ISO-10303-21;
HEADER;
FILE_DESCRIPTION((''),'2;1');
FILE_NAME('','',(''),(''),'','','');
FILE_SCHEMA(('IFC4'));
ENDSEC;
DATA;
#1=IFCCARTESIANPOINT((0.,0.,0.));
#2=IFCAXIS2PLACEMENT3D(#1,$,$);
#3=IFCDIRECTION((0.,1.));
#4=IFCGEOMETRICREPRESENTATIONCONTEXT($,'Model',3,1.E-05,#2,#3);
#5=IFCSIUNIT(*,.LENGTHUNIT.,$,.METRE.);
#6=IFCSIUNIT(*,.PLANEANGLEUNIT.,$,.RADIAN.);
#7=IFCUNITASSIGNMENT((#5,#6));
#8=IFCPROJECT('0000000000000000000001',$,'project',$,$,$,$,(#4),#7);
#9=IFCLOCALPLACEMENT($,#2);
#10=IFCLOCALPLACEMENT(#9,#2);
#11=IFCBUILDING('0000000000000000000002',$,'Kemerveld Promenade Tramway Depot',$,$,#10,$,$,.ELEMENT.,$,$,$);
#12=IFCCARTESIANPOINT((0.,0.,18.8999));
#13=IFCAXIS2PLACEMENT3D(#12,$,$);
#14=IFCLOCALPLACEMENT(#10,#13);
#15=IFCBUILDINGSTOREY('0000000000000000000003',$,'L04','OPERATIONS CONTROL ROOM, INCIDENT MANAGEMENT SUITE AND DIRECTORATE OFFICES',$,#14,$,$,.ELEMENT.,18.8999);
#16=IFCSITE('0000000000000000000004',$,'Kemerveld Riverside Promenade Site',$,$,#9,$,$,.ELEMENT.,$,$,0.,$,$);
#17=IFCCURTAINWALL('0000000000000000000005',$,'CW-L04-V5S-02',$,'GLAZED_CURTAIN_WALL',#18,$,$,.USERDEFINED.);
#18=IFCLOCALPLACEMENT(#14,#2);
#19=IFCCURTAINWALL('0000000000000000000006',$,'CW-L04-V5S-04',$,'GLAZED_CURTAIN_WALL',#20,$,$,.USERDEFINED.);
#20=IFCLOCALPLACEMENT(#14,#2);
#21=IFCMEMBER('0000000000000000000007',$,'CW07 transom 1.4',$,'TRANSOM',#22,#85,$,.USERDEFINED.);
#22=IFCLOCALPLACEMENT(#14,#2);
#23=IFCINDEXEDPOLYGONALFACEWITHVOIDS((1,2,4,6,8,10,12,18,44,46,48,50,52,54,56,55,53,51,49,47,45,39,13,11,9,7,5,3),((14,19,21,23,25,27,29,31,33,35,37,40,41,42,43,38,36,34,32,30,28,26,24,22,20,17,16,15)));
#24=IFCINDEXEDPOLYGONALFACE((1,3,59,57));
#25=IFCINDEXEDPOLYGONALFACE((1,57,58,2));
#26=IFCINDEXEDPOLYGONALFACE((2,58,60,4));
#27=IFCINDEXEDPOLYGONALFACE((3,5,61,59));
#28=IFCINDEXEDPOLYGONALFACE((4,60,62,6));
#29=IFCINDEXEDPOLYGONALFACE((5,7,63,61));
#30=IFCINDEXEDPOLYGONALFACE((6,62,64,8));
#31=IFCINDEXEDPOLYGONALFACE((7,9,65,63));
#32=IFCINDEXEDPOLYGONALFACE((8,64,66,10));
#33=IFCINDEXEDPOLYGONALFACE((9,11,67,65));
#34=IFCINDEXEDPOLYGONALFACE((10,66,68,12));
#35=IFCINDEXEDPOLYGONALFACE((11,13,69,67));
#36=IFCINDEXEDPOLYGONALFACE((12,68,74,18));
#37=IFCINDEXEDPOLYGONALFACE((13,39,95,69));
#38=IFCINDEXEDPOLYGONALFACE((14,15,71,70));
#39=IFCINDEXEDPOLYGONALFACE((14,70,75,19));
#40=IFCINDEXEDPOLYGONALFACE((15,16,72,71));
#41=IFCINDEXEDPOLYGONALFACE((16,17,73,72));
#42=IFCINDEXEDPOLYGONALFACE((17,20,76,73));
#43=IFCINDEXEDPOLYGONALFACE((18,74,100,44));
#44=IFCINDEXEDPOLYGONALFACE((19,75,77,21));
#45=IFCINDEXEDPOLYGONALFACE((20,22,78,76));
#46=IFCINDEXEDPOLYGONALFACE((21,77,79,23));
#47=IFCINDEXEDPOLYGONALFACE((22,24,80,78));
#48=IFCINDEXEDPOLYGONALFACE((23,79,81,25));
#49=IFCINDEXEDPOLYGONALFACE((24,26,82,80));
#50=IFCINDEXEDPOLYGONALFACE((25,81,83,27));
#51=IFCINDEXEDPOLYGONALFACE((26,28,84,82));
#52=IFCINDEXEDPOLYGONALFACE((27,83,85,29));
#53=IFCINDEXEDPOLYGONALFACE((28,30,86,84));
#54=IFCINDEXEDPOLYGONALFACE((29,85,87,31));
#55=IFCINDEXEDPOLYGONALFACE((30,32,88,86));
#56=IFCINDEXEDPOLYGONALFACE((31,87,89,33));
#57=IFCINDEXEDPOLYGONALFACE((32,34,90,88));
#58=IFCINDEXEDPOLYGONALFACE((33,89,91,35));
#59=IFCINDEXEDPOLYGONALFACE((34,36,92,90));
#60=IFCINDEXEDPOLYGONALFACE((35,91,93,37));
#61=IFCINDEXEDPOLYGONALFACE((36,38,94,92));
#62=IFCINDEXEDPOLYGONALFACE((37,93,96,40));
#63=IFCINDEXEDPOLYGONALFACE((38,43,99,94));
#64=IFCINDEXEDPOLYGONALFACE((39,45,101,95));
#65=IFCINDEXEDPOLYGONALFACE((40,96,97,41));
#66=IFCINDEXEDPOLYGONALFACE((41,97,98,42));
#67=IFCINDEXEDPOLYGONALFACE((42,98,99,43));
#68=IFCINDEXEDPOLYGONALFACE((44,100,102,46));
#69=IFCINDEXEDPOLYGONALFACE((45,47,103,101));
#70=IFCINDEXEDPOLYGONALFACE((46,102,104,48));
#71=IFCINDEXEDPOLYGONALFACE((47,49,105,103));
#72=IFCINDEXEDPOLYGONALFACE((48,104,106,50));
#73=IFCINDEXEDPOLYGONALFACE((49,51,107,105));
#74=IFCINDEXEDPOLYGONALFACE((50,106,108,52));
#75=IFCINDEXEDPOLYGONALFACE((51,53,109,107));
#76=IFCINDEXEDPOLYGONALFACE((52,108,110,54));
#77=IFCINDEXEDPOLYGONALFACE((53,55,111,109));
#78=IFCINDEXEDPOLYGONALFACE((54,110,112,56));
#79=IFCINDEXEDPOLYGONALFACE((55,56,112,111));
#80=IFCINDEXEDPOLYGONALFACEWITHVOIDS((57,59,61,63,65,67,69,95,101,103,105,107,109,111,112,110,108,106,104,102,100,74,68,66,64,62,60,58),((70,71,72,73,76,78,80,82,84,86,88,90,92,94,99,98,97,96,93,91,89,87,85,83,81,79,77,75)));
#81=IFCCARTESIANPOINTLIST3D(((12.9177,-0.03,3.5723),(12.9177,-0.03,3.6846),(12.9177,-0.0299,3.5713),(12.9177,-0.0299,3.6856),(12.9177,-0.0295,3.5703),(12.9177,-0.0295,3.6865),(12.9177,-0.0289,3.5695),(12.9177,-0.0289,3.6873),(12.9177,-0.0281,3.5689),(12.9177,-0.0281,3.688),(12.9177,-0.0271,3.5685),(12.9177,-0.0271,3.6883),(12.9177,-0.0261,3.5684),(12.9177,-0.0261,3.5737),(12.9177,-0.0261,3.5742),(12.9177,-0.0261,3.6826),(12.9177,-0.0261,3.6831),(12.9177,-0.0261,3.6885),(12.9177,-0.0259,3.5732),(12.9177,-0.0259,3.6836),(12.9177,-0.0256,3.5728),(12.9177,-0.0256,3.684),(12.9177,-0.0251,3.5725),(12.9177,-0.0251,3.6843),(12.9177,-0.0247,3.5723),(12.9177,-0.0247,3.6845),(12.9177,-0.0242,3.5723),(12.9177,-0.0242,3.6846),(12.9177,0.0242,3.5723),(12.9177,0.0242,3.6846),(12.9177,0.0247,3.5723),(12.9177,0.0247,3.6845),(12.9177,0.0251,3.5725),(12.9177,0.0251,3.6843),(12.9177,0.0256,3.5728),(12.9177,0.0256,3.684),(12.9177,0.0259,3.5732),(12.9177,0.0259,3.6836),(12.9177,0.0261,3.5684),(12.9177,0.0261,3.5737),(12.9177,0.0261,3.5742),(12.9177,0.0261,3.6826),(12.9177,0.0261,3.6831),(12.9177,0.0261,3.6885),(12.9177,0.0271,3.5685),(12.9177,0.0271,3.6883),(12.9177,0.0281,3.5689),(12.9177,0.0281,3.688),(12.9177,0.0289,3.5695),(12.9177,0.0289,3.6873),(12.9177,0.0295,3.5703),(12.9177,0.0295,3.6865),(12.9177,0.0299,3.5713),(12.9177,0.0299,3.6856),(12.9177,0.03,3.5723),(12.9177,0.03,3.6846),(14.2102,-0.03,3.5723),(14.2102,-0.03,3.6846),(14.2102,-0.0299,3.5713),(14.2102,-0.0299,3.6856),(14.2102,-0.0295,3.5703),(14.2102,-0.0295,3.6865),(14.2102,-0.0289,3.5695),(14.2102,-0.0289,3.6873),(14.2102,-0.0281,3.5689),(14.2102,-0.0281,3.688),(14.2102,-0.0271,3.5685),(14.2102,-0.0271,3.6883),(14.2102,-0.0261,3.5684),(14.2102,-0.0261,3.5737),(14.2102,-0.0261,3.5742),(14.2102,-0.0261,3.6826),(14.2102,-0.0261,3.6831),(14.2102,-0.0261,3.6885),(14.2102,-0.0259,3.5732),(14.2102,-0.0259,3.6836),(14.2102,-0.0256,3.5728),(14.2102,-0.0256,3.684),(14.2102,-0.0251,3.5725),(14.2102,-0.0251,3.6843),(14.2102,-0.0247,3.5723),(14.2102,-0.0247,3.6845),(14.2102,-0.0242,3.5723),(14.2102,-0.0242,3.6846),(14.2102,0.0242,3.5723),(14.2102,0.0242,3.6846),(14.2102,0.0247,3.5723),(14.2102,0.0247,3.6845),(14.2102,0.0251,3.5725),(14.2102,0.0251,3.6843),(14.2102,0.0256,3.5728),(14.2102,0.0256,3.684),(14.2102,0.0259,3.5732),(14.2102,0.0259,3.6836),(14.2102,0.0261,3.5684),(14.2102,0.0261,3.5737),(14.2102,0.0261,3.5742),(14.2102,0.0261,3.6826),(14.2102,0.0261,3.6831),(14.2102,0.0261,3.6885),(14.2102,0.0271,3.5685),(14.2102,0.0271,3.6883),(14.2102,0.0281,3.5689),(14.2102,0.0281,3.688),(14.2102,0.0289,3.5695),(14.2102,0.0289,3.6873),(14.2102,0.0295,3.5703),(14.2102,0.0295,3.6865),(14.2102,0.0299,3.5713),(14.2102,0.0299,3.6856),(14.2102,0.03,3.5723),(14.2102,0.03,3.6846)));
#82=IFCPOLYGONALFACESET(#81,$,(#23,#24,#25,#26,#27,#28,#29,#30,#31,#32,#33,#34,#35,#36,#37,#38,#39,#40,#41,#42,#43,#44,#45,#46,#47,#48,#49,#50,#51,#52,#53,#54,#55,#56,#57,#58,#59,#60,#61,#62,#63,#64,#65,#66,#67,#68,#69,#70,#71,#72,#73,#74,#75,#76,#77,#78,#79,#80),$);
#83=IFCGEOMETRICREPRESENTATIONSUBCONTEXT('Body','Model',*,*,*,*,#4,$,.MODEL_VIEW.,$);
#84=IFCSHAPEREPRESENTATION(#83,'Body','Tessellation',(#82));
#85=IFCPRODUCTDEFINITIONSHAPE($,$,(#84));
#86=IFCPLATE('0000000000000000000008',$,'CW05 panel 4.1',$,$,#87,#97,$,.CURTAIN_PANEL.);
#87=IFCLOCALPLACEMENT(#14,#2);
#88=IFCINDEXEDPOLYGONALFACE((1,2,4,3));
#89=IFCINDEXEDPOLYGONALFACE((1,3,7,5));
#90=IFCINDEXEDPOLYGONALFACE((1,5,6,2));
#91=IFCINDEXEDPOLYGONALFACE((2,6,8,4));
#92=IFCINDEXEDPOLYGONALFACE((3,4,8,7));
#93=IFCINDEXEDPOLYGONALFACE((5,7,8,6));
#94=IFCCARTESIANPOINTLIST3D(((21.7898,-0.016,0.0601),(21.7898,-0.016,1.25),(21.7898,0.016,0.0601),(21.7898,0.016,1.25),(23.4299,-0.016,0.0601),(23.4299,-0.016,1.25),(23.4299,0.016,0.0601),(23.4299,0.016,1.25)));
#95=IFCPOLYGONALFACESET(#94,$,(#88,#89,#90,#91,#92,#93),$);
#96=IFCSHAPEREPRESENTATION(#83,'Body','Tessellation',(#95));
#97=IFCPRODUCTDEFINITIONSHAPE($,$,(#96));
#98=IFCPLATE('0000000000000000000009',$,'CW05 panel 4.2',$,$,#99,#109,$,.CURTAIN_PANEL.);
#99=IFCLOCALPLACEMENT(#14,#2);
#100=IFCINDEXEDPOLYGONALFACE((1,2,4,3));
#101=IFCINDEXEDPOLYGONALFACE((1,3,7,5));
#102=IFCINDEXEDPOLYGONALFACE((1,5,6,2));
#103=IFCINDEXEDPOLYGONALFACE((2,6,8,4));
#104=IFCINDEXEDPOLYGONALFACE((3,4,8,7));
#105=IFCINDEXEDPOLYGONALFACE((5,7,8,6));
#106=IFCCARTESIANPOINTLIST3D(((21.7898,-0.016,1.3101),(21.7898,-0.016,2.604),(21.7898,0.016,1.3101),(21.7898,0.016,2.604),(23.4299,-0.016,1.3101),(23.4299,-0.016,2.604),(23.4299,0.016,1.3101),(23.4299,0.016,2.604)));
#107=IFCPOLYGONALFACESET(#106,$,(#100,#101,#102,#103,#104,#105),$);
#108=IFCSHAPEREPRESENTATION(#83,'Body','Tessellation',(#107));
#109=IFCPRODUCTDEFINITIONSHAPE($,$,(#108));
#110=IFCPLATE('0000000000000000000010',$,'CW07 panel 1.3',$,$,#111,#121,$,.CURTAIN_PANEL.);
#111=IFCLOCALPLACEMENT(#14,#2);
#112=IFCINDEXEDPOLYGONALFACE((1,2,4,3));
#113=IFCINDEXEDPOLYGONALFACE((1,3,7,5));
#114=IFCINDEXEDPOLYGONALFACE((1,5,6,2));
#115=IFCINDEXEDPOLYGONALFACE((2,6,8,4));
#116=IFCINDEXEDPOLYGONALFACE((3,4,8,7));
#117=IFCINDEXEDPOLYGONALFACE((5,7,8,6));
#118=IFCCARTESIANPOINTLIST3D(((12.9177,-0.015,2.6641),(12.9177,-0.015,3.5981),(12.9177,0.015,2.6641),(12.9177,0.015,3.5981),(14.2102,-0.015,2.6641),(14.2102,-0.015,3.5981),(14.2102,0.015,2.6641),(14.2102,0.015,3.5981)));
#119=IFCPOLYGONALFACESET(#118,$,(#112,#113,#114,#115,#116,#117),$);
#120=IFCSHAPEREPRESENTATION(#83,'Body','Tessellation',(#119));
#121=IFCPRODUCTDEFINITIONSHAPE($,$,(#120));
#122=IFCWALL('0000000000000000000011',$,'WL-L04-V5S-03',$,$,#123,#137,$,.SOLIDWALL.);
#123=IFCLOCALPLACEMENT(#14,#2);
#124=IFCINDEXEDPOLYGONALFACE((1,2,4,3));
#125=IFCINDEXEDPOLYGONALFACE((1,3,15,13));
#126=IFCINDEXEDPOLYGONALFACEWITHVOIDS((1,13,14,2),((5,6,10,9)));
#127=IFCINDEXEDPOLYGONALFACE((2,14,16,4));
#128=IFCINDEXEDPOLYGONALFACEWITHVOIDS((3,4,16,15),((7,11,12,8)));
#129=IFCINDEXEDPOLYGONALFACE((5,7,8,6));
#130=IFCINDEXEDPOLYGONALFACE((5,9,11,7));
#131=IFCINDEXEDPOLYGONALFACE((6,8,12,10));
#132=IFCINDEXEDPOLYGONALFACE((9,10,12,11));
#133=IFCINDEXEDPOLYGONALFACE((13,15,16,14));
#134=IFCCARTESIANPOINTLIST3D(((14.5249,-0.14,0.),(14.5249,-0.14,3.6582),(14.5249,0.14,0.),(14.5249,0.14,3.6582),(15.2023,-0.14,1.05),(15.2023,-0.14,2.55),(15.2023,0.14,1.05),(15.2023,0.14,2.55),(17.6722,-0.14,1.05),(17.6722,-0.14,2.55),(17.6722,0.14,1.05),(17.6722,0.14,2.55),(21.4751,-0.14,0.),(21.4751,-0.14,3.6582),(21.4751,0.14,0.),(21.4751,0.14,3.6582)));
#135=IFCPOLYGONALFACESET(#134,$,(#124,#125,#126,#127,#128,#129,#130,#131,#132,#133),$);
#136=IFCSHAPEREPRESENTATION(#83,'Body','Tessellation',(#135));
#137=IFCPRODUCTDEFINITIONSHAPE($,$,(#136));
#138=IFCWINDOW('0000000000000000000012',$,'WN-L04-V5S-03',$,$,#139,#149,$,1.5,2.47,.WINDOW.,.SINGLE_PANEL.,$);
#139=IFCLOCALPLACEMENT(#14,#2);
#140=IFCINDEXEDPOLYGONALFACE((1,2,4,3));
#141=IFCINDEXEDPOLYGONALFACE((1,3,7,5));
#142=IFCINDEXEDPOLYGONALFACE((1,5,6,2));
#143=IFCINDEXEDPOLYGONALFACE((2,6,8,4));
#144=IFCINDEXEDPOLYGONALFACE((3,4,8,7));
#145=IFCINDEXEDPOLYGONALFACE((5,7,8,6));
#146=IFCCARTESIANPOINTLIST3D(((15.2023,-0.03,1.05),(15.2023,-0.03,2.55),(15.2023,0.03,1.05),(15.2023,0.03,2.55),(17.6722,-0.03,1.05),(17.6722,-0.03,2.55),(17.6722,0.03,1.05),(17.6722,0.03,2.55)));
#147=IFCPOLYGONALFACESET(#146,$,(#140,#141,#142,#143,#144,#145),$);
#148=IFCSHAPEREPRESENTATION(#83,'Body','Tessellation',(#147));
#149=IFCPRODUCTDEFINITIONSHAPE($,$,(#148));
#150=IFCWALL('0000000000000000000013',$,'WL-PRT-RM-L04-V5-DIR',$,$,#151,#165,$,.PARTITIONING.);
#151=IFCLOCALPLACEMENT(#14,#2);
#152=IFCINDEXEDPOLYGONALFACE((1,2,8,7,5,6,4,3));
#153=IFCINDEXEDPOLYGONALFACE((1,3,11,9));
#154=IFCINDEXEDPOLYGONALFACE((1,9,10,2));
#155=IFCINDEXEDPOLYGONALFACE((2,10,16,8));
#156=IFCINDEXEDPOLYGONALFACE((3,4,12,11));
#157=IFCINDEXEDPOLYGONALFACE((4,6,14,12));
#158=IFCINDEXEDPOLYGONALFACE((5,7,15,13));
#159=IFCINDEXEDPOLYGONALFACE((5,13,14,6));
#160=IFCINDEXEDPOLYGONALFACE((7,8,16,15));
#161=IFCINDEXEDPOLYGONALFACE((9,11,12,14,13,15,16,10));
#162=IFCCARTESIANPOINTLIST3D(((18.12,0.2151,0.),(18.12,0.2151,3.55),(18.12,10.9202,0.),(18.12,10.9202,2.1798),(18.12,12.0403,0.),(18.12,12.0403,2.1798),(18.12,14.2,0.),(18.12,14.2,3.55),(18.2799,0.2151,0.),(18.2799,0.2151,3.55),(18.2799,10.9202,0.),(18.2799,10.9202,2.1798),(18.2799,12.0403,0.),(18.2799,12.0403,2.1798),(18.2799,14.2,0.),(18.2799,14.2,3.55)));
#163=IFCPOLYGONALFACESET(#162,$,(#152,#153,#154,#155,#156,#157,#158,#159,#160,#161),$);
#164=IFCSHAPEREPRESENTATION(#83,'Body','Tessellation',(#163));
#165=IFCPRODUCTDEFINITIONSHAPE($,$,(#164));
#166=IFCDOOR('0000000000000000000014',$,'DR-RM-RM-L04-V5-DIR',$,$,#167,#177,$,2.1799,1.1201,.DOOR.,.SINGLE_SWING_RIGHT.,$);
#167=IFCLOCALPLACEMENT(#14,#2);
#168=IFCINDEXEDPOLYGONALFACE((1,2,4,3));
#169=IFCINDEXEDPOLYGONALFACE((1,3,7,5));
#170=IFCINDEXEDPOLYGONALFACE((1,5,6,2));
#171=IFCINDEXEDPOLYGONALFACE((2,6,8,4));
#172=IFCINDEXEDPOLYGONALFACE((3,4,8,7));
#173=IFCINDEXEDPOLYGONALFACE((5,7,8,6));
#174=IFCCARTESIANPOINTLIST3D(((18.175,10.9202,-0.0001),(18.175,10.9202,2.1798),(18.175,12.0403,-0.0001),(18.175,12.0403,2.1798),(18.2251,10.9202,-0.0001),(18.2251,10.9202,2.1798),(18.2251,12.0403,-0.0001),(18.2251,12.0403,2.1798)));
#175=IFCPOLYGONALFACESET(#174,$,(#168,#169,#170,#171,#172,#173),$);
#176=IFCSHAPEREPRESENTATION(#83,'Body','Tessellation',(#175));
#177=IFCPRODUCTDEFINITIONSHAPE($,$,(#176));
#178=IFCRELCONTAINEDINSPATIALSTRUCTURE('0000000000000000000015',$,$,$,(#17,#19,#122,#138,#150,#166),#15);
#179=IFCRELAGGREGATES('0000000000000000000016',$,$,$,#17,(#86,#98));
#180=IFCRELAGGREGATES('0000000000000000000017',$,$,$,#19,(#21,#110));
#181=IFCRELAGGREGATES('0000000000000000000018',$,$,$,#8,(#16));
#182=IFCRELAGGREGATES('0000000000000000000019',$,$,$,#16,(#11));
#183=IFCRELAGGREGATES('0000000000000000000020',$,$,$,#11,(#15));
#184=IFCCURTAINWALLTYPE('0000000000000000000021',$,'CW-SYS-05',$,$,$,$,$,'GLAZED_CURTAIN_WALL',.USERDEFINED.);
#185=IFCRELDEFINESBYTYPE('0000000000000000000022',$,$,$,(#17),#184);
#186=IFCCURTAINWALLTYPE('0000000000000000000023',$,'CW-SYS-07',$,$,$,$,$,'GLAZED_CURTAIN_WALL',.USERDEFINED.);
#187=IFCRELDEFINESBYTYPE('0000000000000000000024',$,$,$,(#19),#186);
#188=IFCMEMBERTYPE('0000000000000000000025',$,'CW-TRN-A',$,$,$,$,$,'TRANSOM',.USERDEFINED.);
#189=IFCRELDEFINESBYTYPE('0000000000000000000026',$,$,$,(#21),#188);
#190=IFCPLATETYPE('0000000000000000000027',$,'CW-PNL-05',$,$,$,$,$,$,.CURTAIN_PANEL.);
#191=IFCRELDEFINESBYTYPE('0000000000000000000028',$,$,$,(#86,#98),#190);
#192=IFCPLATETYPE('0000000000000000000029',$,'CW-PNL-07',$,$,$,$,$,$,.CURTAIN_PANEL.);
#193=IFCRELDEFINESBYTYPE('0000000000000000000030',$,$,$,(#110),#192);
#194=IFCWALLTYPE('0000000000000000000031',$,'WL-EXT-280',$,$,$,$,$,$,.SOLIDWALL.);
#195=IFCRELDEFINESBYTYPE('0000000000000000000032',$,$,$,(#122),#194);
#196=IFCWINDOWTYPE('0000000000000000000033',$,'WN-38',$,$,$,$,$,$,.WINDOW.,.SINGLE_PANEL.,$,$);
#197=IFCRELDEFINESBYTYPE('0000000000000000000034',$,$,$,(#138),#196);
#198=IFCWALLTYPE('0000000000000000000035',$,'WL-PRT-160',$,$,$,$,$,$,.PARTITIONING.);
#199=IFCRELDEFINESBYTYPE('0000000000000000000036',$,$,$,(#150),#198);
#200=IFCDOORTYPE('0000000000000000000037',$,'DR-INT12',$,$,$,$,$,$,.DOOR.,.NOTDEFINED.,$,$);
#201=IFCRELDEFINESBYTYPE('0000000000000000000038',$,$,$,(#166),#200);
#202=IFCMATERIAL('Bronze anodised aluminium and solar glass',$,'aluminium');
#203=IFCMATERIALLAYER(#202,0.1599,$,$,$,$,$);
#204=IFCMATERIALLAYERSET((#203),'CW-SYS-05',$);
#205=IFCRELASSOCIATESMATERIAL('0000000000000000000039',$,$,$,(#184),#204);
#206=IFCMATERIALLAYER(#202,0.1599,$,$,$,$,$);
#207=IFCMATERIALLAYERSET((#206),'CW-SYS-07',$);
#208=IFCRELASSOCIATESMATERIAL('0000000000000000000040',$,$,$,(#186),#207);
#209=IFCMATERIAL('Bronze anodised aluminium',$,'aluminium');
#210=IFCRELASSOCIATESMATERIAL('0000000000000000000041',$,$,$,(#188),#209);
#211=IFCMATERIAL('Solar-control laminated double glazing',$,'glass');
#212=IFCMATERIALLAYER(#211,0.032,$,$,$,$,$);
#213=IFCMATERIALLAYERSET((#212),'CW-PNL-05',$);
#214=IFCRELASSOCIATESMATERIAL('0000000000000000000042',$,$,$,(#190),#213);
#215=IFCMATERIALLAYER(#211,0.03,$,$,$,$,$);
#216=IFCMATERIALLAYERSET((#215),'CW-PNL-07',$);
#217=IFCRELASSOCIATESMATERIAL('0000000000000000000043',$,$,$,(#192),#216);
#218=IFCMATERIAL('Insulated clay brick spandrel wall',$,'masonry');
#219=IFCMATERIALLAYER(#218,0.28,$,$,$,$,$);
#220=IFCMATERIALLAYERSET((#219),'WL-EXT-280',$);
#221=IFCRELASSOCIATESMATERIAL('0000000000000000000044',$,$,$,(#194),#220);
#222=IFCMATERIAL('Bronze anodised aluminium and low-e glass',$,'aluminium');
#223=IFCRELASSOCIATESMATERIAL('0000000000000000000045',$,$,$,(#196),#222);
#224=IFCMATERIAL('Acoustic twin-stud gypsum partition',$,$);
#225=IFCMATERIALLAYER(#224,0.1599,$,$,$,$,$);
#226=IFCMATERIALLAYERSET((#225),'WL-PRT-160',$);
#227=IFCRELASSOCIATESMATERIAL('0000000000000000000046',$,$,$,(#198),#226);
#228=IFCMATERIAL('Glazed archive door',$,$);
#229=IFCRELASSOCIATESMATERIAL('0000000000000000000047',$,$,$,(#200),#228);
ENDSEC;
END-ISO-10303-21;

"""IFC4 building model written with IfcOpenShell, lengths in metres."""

from ifc_helpers import new_model, si_unit, direction, frame, frame_2d, origin, origin_2d, place, context, subcontext, project, spatial, rectangle, hollow_rectangle, extrude, material, layer, layer_set, material_profile, profile_set, type_object, element, fill, aggregate, save


model = new_model("IFC4")

# Units and contexts
model_context = context("Model", 3, precision=1e-05, world=origin(), true_north=direction((0.0, 1.0)))
body_context = subcontext(model_context, "Body", "Model", "MODEL_VIEW")
ifc_project = project(units=[si_unit("LENGTHUNIT", "METRE"), si_unit("PLANEANGLEUNIT", "RADIAN")], contexts=[model_context])

# Site, building, storey
site_placement = place(None, origin())
site = spatial("IfcSite", under=ifc_project, at=site_placement, Name="Kemerveld Riverside Promenade Site", CompositionType="ELEMENT", RefElevation=0.0)
building_placement = place(site_placement, origin())
building = spatial("IfcBuilding", under=site, at=building_placement, Name="Kemerveld Promenade Tramway Depot", CompositionType="ELEMENT")
storey_placement = place(building_placement, frame((0.0, 0.0, 18.8999)))
storey = spatial("IfcBuildingStorey", under=building, at=storey_placement, Name="L04", Description="OPERATIONS CONTROL ROOM, INCIDENT MANAGEMENT SUITE AND DIRECTORATE OFFICES", CompositionType="ELEMENT", Elevation=18.8999)

# Curtain wall
ifc_material_1 = material(Name="Bronze anodised aluminium and solar glass", Category="aluminium")
ifc_layer_1 = layer(ifc_material_1, 0.1599)
ifc_layer_set_1 = layer_set([ifc_layer_1], Name="CW-SYS-05")
curtain_wall_type_1 = type_object("IfcCurtainWallType", Name="CW-SYS-05", ElementType="GLAZED_CURTAIN_WALL", PredefinedType="USERDEFINED", material=ifc_layer_set_1)
curtain_wall_1_placement = place(storey_placement, origin())
curtain_wall_1 = element("IfcCurtainWall", 1, at=curtain_wall_1_placement, inside=storey, type_object=curtain_wall_type_1, Name="CW-L04-V5S-02", ObjectType="GLAZED_CURTAIN_WALL", PredefinedType="USERDEFINED")
ifc_material_2 = material(Name="Bronze anodised aluminium", Category="aluminium")

# Curtain wall, member
ifc_layer_2 = layer(ifc_material_1, 0.1599)
ifc_layer_set_2 = layer_set([ifc_layer_2], Name="CW-SYS-07")
curtain_wall_type_2 = type_object("IfcCurtainWallType", Name="CW-SYS-07", ElementType="GLAZED_CURTAIN_WALL", PredefinedType="USERDEFINED", material=ifc_layer_set_2)
curtain_wall_2_placement = place(storey_placement, origin())
curtain_wall_2 = element("IfcCurtainWall", 2, at=curtain_wall_2_placement, inside=storey, type_object=curtain_wall_type_2, Name="CW-L04-V5S-04", ObjectType="GLAZED_CURTAIN_WALL", PredefinedType="USERDEFINED")
ifc_material_profile_1 = material_profile(ifc_material_2, hollow_rectangle(XDim=0.0601, YDim=0.1201, WallThickness=0.0039, InnerFilletRadius=0.002, OuterFilletRadius=0.0039, at=origin_2d()), Name="CW-TRN-120x60")
ifc_profile_set_1 = profile_set([ifc_material_profile_1], Name="Bronze anodised aluminium")
member_type_1 = type_object("IfcMemberType", Name="CW-TRN-A", ElementType="TRANSOM", PredefinedType="USERDEFINED", material=ifc_profile_set_1)
member_1_placement = place(storey_placement, frame((14.2102, 0.0, 3.6284), z_axis=(-1.0, 0.0, 0.0), x_axis=(0.0, -1.0, 0.0)))
member_1 = element("IfcMember", 3, at=member_1_placement, type_object=member_type_1, Name="CW07 transom 1.4", ObjectType="TRANSOM", PredefinedType="USERDEFINED", context=body_context, shape_type="SweptSolid", body=[
    extrude(hollow_rectangle(XDim=0.0601, YDim=0.1201, WallThickness=0.0039, InnerFilletRadius=0.002, OuterFilletRadius=0.0039, at=origin_2d()), origin(), (0.0, 0.0, 1.0), 1.2925),
])

# Plates
ifc_material_3 = material(Name="Solar-control laminated double glazing", Category="glass")
ifc_layer_3 = layer(ifc_material_3, 0.032)
ifc_layer_set_3 = layer_set([ifc_layer_3], Name="CW-PNL-05")
plate_type_1 = type_object("IfcPlateType", Name="CW-PNL-05", PredefinedType="CURTAIN_PANEL", material=ifc_layer_set_3)
plate_1_placement = place(storey_placement, frame((22.6099, 0.0, 0.0601), z_axis=(0.0, 0.0, 1.0), x_axis=(-1.0, 0.0, 0.0)))
plate_1 = element("IfcPlate", 4, at=plate_1_placement, type_object=plate_type_1, Name="CW05 panel 4.1", PredefinedType="CURTAIN_PANEL", context=body_context, shape_type="SweptSolid", body=[
    extrude(rectangle(XDim=1.6401, YDim=0.032, at=origin_2d()), origin(), (0.0, 0.0, 1.0), 1.1899),
])
plate_2_placement = place(storey_placement, frame((22.6099, 0.0, 1.3101), z_axis=(0.0, 0.0, 1.0), x_axis=(-1.0, 0.0, 0.0)))
plate_2 = element("IfcPlate", 5, at=plate_2_placement, type_object=plate_type_1, Name="CW05 panel 4.2", PredefinedType="CURTAIN_PANEL", context=body_context, shape_type="SweptSolid", body=[
    extrude(rectangle(XDim=1.6401, YDim=0.032, at=origin_2d()), origin(), (0.0, 0.0, 1.0), 1.2939),
])
aggregate(curtain_wall_1, [plate_1, plate_2])
ifc_layer_4 = layer(ifc_material_3, 0.03)
ifc_layer_set_4 = layer_set([ifc_layer_4], Name="CW-PNL-07")
plate_type_2 = type_object("IfcPlateType", Name="CW-PNL-07", PredefinedType="CURTAIN_PANEL", material=ifc_layer_set_4)
plate_3_placement = place(storey_placement, frame((13.564, 0.0, 2.6641), z_axis=(0.0, 0.0, 1.0), x_axis=(-1.0, 0.0, 0.0)))
plate_3 = element("IfcPlate", 6, at=plate_3_placement, type_object=plate_type_2, Name="CW07 panel 1.3", PredefinedType="CURTAIN_PANEL", context=body_context, shape_type="SweptSolid", body=[
    extrude(rectangle(XDim=1.2925, YDim=0.03, at=origin_2d()), origin(), (0.0, 0.0, 1.0), 0.9341),
])
aggregate(curtain_wall_2, [member_1, plate_3])

# Wall, opening, window
ifc_material_4 = material(Name="Insulated clay brick spandrel wall", Category="masonry")
ifc_layer_5 = layer(ifc_material_4, 0.28)
ifc_layer_set_5 = layer_set([ifc_layer_5], Name="WL-EXT-280")
wall_type_1 = type_object("IfcWallType", Name="WL-EXT-280", PredefinedType="SOLIDWALL", material=ifc_layer_set_5)
wall_1_placement = place(storey_placement, frame((21.4751, 0.0, 0.0), z_axis=(0.0, 0.0, 1.0), x_axis=(-1.0, 0.0, 0.0)))
wall_1 = element("IfcWall", 7, at=wall_1_placement, inside=storey, type_object=wall_type_1, Name="WL-L04-V5S-03", PredefinedType="SOLIDWALL", context=body_context, shape_type="SweptSolid", body=[
    extrude(rectangle(XDim=6.9502, YDim=0.28, at=frame_2d((3.4751, 0.0))), origin(), (0.0, 0.0, 1.0), 3.6582),
])
opening_1_placement = place(wall_1_placement, frame((3.803, 0.0, 1.05)))
opening_1 = element("IfcOpeningElement", 8, at=opening_1_placement, cuts=wall_1, PredefinedType="OPENING", context=body_context, shape_type="SweptSolid", body=[
    extrude(rectangle(XDim=2.47, YDim=1.5, at=frame_2d((1.2349, 0.75))), frame((0.0, 0.1499, 0.0), z_axis=(0.0, -1.0, 0.0), x_axis=(1.0, 0.0, 0.0)), (0.0, 0.0, 1.0), 0.3),
])
ifc_material_5 = material(Name="Bronze anodised aluminium and low-e glass", Category="aluminium")
window_type = type_object("IfcWindowType", Name="WN-38", PartitioningType="SINGLE_PANEL", PredefinedType="WINDOW", material=ifc_material_5)
window_placement = place(opening_1_placement, origin())
window = element("IfcWindow", 9, at=window_placement, inside=storey, type_object=window_type, Name="WN-L04-V5S-03", OverallHeight=1.5, OverallWidth=2.47, PartitioningType="SINGLE_PANEL", PredefinedType="WINDOW", context=body_context, shape_type="SweptSolid", body=[
    extrude(rectangle(XDim=2.47, YDim=1.5, at=frame_2d((1.2349, 0.75))), frame((0.0, 0.03, 0.0), z_axis=(0.0, -1.0, 0.0), x_axis=(1.0, 0.0, 0.0)), (0.0, 0.0, 1.0), 0.0601),
])
fill(opening_1, window)

# Wall, opening, door
ifc_material_6 = material(Name="Acoustic twin-stud gypsum partition")
ifc_layer_6 = layer(ifc_material_6, 0.1599)
ifc_layer_set_6 = layer_set([ifc_layer_6], Name="WL-PRT-160")
wall_type_2 = type_object("IfcWallType", Name="WL-PRT-160", PredefinedType="PARTITIONING", material=ifc_layer_set_6)
wall_2_placement = place(storey_placement, frame((18.2, 0.2151, 0.0), z_axis=(0.0, 0.0, 1.0), x_axis=(0.0, 1.0, 0.0)))
wall_2 = element("IfcWall", 10, at=wall_2_placement, inside=storey, type_object=wall_type_2, Name="WL-PRT-RM-L04-V5-DIR", PredefinedType="PARTITIONING", context=body_context, shape_type="SweptSolid", body=[
    extrude(rectangle(XDim=13.9849, YDim=0.1599, at=frame_2d((6.9924, 0.0))), origin(), (0.0, 0.0, 1.0), 3.55),
])
opening_2_placement = place(wall_2_placement, frame((10.7051, 0.0, 0.0)))
opening_2 = element("IfcOpeningElement", 11, at=opening_2_placement, cuts=wall_2, PredefinedType="OPENING", context=body_context, shape_type="SweptSolid", body=[
    extrude(rectangle(XDim=1.1201, YDim=2.1799, at=frame_2d((0.5601, 1.0898))), frame((0.0, 0.0898, 0.0), z_axis=(0.0, -1.0, 0.0), x_axis=(1.0, 0.0, 0.0)), (0.0, 0.0, 1.0), 0.1799),
])
ifc_material_7 = material(Name="Glazed archive door")
door_type = type_object("IfcDoorType", Name="DR-INT12", OperationType="NOTDEFINED", PredefinedType="DOOR", material=ifc_material_7)
door_placement = place(opening_2_placement, origin())
door = element("IfcDoor", 12, at=door_placement, inside=storey, type_object=door_type, Name="DR-RM-RM-L04-V5-DIR", OperationType="SINGLE_SWING_RIGHT", OverallHeight=2.1799, OverallWidth=1.1201, PredefinedType="DOOR", context=body_context, shape_type="SweptSolid", body=[
    extrude(rectangle(XDim=1.1201, YDim=2.1799, at=frame_2d((0.5601, 1.0898))), frame((0.0, 0.0249, 0.0), z_axis=(0.0, -1.0, 0.0), x_axis=(1.0, 0.0, 0.0)), (0.0, 0.0, 1.0), 0.05),
])
fill(opening_2, door)

save(model, "model.ifc")
